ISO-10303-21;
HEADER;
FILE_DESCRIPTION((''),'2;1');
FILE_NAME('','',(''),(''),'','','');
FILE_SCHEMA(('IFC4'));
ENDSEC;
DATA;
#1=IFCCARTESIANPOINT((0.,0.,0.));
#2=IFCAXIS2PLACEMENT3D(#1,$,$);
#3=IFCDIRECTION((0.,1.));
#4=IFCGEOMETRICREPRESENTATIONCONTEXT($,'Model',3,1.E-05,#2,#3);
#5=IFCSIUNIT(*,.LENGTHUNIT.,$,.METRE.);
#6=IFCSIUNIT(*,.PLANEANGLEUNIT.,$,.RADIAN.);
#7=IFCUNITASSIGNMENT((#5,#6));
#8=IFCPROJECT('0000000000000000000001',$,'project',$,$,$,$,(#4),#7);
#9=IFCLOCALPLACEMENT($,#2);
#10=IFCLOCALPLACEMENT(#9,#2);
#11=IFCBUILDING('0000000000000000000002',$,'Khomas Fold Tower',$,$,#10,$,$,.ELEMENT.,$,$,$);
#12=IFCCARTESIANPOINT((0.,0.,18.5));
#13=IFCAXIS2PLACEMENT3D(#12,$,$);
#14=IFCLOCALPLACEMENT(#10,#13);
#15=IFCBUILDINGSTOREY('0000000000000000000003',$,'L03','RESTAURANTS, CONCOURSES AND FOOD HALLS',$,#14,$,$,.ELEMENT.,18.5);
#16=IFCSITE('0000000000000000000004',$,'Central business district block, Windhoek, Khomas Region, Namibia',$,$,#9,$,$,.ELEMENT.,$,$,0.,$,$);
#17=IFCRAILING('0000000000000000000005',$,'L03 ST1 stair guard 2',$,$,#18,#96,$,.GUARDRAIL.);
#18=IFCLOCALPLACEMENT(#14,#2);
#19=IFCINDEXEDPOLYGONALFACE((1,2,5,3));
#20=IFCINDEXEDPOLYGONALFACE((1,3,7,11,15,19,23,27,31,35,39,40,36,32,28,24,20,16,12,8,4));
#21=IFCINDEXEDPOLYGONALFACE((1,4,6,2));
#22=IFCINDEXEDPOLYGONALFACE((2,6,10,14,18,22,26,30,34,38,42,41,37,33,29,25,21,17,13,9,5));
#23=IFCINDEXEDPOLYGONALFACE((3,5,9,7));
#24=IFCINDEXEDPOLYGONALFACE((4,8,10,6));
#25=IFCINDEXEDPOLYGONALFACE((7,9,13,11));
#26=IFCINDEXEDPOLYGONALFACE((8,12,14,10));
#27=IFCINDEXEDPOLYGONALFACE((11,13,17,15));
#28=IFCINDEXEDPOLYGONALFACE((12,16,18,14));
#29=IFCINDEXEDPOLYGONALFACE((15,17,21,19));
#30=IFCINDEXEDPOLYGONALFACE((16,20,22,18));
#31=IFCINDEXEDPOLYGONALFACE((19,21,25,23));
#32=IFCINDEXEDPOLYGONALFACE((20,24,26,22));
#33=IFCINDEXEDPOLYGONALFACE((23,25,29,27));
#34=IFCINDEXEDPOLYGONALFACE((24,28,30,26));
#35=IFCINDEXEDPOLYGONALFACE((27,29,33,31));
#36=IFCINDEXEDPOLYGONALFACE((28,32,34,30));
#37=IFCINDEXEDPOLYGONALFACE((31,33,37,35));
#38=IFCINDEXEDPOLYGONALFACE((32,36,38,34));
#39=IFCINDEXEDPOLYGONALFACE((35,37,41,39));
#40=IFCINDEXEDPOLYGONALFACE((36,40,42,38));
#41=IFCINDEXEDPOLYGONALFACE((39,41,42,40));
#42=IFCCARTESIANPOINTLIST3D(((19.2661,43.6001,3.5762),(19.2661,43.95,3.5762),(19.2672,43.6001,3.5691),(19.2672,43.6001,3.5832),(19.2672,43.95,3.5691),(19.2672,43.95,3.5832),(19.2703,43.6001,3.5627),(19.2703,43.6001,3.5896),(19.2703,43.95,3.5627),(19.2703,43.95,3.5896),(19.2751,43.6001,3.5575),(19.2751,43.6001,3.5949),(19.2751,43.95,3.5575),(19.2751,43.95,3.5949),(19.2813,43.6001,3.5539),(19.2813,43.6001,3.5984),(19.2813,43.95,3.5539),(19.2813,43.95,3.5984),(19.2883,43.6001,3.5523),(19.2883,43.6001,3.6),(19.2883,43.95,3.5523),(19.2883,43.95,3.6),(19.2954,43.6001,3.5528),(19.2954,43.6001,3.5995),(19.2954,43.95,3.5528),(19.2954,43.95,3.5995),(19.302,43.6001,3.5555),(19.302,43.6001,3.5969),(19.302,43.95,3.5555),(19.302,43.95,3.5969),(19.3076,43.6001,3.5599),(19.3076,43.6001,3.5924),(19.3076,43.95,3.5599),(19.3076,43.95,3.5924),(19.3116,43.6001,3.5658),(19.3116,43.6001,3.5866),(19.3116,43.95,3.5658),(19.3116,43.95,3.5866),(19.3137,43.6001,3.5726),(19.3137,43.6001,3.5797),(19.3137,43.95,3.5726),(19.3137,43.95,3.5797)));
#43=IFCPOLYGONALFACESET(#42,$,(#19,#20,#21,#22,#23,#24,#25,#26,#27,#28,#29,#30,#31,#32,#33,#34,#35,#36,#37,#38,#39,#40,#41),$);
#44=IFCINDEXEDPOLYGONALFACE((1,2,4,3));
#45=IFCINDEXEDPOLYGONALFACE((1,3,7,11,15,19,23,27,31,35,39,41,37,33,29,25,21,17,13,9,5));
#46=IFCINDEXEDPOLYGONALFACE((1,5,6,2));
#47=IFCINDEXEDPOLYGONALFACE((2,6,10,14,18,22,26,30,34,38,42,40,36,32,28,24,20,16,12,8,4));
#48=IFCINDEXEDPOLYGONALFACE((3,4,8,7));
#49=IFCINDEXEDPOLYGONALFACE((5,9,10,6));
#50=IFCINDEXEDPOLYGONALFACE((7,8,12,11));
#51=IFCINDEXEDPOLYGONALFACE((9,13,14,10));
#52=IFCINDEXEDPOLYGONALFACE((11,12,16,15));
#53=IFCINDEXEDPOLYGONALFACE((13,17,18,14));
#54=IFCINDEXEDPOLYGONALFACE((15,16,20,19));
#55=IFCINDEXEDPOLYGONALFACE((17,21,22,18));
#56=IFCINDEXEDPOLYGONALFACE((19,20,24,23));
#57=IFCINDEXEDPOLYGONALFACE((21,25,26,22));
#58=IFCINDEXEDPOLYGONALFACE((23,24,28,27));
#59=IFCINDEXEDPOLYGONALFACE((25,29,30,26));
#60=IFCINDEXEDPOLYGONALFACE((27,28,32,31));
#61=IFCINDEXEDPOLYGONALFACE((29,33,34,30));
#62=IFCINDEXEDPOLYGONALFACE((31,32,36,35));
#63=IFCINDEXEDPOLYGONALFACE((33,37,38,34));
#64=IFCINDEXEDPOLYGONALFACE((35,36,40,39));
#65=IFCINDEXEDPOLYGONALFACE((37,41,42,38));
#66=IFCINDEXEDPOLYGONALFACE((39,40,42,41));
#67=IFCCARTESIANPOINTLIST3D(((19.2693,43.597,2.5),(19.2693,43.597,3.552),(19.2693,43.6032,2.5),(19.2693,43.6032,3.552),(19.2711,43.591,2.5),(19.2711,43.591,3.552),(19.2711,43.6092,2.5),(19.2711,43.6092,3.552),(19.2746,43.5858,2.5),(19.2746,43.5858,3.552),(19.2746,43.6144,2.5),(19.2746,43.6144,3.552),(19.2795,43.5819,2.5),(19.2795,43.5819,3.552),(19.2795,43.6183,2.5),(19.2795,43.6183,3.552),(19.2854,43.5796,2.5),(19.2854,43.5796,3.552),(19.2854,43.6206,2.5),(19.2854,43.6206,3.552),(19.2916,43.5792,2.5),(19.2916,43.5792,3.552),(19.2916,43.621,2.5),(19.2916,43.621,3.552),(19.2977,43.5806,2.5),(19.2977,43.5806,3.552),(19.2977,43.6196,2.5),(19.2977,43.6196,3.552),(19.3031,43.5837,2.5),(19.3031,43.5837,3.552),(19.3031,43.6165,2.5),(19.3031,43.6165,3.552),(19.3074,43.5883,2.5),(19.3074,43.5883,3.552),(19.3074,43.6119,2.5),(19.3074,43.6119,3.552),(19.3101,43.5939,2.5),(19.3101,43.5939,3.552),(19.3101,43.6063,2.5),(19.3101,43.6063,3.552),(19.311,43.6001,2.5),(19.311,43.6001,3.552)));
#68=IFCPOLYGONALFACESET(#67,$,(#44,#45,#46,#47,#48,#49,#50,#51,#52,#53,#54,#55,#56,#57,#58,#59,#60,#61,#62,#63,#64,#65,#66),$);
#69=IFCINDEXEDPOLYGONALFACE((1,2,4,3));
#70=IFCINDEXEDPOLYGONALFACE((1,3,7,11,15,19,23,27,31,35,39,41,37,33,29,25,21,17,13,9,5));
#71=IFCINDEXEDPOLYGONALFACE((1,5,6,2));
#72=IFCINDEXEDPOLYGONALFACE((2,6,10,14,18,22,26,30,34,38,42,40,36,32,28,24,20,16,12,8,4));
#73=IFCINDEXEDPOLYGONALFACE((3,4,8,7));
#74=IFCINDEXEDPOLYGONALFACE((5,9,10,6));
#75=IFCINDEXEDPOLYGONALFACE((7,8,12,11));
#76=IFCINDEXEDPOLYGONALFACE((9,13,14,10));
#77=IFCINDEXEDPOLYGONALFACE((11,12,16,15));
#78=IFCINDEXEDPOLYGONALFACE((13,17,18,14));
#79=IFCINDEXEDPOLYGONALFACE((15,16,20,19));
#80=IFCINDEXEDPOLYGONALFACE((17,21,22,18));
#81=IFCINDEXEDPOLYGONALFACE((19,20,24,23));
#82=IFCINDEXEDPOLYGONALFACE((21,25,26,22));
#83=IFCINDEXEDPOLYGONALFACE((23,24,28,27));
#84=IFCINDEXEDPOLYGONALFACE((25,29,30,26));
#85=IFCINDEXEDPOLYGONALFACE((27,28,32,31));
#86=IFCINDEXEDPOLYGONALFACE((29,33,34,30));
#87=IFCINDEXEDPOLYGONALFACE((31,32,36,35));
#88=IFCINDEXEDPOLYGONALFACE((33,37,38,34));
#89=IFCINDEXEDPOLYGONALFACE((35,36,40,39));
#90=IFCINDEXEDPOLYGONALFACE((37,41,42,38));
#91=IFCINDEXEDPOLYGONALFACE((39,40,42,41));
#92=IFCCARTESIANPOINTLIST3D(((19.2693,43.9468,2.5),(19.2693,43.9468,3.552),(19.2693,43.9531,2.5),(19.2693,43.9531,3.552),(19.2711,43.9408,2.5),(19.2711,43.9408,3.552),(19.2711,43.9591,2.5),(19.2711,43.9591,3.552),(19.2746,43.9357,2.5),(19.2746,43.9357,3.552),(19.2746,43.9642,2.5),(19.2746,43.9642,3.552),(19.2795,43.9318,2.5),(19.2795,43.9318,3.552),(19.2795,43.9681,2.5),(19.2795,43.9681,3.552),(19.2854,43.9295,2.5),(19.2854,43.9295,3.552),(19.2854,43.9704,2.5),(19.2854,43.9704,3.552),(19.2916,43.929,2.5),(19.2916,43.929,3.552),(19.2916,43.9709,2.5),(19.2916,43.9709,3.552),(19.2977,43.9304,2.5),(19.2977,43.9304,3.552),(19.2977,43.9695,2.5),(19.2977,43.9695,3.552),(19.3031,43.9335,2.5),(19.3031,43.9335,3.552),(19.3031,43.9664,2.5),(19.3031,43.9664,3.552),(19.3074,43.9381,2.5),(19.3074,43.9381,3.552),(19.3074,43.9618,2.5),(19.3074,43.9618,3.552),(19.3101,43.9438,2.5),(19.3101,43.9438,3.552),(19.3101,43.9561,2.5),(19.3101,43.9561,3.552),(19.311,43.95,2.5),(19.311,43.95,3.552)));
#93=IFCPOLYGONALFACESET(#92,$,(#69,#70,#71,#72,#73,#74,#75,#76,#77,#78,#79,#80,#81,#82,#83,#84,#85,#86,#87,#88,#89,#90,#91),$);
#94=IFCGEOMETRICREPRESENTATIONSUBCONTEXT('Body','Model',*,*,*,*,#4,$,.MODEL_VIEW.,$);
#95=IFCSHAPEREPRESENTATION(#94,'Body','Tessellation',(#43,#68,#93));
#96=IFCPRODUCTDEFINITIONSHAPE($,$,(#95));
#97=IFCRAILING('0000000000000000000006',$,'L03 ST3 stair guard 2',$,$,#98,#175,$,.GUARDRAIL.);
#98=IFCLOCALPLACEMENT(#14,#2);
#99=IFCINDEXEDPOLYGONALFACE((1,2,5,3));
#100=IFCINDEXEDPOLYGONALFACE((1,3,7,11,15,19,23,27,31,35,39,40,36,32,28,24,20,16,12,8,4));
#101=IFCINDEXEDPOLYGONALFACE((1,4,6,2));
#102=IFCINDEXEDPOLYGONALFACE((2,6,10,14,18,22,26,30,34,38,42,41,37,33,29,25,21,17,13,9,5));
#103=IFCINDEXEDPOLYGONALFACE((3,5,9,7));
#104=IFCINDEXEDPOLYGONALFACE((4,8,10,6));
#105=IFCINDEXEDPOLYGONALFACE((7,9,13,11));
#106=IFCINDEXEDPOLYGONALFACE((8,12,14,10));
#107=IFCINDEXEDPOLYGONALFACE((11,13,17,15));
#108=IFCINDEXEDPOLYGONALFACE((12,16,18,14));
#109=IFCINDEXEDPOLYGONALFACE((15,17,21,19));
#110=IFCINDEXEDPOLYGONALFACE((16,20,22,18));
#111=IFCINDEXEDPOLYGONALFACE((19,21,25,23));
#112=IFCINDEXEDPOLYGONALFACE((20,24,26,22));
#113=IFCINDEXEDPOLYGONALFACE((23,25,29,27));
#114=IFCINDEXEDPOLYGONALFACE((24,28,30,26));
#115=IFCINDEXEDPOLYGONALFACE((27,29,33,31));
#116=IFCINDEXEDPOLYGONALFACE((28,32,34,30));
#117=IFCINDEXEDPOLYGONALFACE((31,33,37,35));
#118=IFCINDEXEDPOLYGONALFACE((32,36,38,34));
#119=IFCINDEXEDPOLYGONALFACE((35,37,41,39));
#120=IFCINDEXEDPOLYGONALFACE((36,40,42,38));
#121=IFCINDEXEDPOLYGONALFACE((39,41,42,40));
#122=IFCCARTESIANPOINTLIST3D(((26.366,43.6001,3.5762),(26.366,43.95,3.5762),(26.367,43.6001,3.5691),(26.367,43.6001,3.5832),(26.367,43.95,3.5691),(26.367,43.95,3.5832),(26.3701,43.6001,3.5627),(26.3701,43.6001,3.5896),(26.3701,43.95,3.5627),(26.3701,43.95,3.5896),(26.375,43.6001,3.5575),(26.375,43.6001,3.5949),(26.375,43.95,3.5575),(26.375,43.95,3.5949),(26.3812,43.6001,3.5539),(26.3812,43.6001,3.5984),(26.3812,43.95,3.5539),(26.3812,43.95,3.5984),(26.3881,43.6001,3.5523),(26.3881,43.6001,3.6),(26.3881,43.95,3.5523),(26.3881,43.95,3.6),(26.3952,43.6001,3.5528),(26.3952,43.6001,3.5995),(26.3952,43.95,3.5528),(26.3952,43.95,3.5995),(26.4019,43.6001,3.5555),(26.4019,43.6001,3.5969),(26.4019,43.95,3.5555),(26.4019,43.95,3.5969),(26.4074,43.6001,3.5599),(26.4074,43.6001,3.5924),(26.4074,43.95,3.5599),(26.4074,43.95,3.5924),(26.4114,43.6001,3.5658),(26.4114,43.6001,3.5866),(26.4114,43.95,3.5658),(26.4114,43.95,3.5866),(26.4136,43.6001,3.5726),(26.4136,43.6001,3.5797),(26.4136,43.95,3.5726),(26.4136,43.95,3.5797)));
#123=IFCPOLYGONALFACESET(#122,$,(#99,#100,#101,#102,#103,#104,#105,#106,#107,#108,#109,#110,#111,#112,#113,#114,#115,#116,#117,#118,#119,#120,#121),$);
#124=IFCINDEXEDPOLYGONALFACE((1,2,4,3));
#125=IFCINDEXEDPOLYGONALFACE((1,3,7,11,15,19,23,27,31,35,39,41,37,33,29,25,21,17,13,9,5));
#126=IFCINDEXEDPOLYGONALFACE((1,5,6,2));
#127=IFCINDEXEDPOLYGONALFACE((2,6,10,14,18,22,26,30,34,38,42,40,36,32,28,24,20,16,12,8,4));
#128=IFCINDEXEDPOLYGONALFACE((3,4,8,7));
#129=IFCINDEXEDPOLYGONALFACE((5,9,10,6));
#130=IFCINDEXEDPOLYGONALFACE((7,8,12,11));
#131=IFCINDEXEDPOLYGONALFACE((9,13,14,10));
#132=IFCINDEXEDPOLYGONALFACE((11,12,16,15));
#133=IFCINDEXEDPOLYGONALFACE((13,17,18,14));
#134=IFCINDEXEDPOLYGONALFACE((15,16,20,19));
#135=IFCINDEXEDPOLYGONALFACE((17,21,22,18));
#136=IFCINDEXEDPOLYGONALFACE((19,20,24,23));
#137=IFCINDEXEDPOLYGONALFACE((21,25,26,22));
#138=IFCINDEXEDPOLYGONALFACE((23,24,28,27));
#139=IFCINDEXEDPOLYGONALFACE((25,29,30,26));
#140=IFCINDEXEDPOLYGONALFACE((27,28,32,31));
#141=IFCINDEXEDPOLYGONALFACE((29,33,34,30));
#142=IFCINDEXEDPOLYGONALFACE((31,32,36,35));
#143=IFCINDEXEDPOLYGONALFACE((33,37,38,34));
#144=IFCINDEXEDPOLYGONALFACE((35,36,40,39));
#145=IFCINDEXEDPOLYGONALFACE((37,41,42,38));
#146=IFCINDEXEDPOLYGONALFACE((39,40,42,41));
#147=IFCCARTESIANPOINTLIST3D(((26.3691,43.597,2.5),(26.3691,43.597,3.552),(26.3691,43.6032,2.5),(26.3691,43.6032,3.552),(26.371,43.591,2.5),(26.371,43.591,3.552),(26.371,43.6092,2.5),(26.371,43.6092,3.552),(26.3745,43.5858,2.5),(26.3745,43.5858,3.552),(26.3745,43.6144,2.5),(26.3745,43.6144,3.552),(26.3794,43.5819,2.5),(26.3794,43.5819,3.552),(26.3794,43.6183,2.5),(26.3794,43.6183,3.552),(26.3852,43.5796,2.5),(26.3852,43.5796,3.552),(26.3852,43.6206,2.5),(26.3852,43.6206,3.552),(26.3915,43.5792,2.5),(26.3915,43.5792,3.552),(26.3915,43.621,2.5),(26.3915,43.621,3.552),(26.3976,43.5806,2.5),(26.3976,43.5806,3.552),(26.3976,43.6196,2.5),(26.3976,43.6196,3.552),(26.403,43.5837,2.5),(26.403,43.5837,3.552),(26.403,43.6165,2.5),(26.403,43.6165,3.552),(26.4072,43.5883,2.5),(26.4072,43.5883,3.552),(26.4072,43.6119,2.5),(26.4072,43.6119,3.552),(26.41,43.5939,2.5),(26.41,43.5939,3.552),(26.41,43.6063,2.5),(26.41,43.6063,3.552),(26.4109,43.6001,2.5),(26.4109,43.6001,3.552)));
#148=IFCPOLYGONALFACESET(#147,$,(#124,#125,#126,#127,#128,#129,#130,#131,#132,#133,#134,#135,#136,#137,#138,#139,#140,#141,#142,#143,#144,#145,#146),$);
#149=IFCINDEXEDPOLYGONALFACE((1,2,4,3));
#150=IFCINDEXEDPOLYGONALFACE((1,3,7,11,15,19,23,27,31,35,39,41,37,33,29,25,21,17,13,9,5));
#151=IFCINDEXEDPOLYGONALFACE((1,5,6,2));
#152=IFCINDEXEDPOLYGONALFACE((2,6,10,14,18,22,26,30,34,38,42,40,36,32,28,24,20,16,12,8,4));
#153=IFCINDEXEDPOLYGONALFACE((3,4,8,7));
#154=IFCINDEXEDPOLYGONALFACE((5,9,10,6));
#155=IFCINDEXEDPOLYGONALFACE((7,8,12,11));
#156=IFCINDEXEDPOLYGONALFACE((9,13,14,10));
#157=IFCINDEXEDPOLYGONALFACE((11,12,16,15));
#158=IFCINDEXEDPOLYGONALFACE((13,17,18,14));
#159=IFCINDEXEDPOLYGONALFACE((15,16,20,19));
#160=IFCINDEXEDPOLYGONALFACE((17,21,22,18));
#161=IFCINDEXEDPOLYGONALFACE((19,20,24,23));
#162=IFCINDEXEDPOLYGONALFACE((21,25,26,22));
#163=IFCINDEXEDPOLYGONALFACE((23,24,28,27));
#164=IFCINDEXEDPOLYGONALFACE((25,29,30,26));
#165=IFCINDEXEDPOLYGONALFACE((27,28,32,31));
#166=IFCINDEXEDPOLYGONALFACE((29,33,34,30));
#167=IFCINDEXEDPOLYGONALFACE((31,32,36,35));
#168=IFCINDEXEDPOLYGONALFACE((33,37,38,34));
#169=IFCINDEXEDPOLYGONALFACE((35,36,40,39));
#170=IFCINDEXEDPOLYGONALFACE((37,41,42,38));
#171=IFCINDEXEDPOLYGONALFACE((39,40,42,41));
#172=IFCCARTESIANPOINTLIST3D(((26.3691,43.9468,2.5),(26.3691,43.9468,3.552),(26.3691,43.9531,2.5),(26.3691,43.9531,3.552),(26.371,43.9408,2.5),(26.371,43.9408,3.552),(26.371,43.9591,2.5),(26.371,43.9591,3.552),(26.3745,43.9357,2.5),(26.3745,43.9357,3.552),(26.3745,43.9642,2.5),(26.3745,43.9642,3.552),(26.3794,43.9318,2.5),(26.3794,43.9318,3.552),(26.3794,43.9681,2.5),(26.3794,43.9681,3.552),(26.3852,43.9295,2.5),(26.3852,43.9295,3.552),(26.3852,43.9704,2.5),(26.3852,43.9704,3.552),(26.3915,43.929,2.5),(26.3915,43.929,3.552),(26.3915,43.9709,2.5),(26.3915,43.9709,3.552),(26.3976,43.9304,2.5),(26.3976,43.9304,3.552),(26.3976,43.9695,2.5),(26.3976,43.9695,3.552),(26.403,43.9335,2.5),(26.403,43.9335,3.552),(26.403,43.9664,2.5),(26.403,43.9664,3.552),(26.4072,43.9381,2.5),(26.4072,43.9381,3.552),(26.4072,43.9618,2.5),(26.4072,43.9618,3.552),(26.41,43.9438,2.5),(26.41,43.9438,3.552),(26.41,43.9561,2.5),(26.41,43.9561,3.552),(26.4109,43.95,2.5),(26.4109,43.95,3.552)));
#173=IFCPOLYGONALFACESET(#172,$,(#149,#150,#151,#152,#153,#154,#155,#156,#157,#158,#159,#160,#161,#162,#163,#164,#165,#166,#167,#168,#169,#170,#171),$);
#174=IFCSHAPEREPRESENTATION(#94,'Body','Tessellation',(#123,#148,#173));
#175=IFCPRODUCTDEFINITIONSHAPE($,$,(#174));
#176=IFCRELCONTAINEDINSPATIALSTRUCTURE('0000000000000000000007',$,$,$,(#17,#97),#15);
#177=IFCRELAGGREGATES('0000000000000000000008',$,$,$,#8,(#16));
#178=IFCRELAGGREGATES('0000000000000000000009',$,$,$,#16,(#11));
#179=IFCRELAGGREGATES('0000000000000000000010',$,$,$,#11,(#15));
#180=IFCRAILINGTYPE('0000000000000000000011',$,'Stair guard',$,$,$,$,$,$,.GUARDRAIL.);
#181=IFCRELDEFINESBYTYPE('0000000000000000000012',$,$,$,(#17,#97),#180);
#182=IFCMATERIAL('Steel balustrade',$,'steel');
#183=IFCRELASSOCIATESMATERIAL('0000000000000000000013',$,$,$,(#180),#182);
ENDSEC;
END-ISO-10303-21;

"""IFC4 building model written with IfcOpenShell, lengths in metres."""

from ifc_helpers import new_model, si_unit, direction, frame, origin, origin_2d, place, context, subcontext, project, spatial, circle, extrude, source, transform, mapped, material, type_object, element, save


model = new_model("IFC4")

# Units and contexts
model_context = context("Model", 3, precision=1e-05, world=origin(), true_north=direction((0.0, 1.0)))
body_context = subcontext(model_context, "Body", "Model", "MODEL_VIEW")
ifc_project = project(units=[si_unit("LENGTHUNIT", "METRE"), si_unit("PLANEANGLEUNIT", "RADIAN")], contexts=[model_context])

# Site, building, storey
site_placement = place(None, origin())
site = spatial("IfcSite", under=ifc_project, at=site_placement, Name="Central business district block, Windhoek, Khomas Region, Namibia", CompositionType="ELEMENT", RefElevation=0.0)
building_placement = place(site_placement, origin())
building = spatial("IfcBuilding", under=site, at=building_placement, Name="Khomas Fold Tower", CompositionType="ELEMENT")
storey_placement = place(building_placement, frame((0.0, 0.0, 18.5)))
storey = spatial("IfcBuildingStorey", under=building, at=storey_placement, Name="L03", Description="RESTAURANTS, CONCOURSES AND FOOD HALLS", CompositionType="ELEMENT", Elevation=18.5)

# Railings
ifc_material_1 = material(Name="Steel balustrade", Category="steel")
railing_type_1 = type_object("IfcRailingType", Name="Stair guard", PredefinedType="GUARDRAIL", material=ifc_material_1)
shared_shape_1 = source(origin(), body_context, "Body", "SweptSolid", [
    extrude(circle(Radius=0.0239, at=origin_2d()), frame((0.0, 0.0, 1.0762), z_axis=(0.0, 1.0, 0.0), x_axis=(-1.0, 0.0, 0.0)), (0.0, 0.0, 1.0), 0.3499),
    extrude(circle(Radius=0.021, at=origin_2d()), origin(), (0.0, 0.0, 1.0), 1.052),
    extrude(circle(Radius=0.021, at=origin_2d()), frame((0.0, 0.3499, 0.0)), (0.0, 0.0, 1.0), 1.052),
])
for number, where, name in (
    (1, (19.29, 43.6001, 2.5), "L03 ST1 stair guard 2"),
    (2, (26.3899, 43.6001, 2.5), "L03 ST3 stair guard 2"),
):
    element("IfcRailing", number, at=place(storey_placement, frame(where)), inside=storey, type_object=railing_type_1, Name=name, PredefinedType="GUARDRAIL", context=body_context, shape_type="MappedRepresentation", body=[
        mapped(shared_shape_1, transform((0.0, 0.0, 0.0))),
    ])

save(model, "model.ifc")
